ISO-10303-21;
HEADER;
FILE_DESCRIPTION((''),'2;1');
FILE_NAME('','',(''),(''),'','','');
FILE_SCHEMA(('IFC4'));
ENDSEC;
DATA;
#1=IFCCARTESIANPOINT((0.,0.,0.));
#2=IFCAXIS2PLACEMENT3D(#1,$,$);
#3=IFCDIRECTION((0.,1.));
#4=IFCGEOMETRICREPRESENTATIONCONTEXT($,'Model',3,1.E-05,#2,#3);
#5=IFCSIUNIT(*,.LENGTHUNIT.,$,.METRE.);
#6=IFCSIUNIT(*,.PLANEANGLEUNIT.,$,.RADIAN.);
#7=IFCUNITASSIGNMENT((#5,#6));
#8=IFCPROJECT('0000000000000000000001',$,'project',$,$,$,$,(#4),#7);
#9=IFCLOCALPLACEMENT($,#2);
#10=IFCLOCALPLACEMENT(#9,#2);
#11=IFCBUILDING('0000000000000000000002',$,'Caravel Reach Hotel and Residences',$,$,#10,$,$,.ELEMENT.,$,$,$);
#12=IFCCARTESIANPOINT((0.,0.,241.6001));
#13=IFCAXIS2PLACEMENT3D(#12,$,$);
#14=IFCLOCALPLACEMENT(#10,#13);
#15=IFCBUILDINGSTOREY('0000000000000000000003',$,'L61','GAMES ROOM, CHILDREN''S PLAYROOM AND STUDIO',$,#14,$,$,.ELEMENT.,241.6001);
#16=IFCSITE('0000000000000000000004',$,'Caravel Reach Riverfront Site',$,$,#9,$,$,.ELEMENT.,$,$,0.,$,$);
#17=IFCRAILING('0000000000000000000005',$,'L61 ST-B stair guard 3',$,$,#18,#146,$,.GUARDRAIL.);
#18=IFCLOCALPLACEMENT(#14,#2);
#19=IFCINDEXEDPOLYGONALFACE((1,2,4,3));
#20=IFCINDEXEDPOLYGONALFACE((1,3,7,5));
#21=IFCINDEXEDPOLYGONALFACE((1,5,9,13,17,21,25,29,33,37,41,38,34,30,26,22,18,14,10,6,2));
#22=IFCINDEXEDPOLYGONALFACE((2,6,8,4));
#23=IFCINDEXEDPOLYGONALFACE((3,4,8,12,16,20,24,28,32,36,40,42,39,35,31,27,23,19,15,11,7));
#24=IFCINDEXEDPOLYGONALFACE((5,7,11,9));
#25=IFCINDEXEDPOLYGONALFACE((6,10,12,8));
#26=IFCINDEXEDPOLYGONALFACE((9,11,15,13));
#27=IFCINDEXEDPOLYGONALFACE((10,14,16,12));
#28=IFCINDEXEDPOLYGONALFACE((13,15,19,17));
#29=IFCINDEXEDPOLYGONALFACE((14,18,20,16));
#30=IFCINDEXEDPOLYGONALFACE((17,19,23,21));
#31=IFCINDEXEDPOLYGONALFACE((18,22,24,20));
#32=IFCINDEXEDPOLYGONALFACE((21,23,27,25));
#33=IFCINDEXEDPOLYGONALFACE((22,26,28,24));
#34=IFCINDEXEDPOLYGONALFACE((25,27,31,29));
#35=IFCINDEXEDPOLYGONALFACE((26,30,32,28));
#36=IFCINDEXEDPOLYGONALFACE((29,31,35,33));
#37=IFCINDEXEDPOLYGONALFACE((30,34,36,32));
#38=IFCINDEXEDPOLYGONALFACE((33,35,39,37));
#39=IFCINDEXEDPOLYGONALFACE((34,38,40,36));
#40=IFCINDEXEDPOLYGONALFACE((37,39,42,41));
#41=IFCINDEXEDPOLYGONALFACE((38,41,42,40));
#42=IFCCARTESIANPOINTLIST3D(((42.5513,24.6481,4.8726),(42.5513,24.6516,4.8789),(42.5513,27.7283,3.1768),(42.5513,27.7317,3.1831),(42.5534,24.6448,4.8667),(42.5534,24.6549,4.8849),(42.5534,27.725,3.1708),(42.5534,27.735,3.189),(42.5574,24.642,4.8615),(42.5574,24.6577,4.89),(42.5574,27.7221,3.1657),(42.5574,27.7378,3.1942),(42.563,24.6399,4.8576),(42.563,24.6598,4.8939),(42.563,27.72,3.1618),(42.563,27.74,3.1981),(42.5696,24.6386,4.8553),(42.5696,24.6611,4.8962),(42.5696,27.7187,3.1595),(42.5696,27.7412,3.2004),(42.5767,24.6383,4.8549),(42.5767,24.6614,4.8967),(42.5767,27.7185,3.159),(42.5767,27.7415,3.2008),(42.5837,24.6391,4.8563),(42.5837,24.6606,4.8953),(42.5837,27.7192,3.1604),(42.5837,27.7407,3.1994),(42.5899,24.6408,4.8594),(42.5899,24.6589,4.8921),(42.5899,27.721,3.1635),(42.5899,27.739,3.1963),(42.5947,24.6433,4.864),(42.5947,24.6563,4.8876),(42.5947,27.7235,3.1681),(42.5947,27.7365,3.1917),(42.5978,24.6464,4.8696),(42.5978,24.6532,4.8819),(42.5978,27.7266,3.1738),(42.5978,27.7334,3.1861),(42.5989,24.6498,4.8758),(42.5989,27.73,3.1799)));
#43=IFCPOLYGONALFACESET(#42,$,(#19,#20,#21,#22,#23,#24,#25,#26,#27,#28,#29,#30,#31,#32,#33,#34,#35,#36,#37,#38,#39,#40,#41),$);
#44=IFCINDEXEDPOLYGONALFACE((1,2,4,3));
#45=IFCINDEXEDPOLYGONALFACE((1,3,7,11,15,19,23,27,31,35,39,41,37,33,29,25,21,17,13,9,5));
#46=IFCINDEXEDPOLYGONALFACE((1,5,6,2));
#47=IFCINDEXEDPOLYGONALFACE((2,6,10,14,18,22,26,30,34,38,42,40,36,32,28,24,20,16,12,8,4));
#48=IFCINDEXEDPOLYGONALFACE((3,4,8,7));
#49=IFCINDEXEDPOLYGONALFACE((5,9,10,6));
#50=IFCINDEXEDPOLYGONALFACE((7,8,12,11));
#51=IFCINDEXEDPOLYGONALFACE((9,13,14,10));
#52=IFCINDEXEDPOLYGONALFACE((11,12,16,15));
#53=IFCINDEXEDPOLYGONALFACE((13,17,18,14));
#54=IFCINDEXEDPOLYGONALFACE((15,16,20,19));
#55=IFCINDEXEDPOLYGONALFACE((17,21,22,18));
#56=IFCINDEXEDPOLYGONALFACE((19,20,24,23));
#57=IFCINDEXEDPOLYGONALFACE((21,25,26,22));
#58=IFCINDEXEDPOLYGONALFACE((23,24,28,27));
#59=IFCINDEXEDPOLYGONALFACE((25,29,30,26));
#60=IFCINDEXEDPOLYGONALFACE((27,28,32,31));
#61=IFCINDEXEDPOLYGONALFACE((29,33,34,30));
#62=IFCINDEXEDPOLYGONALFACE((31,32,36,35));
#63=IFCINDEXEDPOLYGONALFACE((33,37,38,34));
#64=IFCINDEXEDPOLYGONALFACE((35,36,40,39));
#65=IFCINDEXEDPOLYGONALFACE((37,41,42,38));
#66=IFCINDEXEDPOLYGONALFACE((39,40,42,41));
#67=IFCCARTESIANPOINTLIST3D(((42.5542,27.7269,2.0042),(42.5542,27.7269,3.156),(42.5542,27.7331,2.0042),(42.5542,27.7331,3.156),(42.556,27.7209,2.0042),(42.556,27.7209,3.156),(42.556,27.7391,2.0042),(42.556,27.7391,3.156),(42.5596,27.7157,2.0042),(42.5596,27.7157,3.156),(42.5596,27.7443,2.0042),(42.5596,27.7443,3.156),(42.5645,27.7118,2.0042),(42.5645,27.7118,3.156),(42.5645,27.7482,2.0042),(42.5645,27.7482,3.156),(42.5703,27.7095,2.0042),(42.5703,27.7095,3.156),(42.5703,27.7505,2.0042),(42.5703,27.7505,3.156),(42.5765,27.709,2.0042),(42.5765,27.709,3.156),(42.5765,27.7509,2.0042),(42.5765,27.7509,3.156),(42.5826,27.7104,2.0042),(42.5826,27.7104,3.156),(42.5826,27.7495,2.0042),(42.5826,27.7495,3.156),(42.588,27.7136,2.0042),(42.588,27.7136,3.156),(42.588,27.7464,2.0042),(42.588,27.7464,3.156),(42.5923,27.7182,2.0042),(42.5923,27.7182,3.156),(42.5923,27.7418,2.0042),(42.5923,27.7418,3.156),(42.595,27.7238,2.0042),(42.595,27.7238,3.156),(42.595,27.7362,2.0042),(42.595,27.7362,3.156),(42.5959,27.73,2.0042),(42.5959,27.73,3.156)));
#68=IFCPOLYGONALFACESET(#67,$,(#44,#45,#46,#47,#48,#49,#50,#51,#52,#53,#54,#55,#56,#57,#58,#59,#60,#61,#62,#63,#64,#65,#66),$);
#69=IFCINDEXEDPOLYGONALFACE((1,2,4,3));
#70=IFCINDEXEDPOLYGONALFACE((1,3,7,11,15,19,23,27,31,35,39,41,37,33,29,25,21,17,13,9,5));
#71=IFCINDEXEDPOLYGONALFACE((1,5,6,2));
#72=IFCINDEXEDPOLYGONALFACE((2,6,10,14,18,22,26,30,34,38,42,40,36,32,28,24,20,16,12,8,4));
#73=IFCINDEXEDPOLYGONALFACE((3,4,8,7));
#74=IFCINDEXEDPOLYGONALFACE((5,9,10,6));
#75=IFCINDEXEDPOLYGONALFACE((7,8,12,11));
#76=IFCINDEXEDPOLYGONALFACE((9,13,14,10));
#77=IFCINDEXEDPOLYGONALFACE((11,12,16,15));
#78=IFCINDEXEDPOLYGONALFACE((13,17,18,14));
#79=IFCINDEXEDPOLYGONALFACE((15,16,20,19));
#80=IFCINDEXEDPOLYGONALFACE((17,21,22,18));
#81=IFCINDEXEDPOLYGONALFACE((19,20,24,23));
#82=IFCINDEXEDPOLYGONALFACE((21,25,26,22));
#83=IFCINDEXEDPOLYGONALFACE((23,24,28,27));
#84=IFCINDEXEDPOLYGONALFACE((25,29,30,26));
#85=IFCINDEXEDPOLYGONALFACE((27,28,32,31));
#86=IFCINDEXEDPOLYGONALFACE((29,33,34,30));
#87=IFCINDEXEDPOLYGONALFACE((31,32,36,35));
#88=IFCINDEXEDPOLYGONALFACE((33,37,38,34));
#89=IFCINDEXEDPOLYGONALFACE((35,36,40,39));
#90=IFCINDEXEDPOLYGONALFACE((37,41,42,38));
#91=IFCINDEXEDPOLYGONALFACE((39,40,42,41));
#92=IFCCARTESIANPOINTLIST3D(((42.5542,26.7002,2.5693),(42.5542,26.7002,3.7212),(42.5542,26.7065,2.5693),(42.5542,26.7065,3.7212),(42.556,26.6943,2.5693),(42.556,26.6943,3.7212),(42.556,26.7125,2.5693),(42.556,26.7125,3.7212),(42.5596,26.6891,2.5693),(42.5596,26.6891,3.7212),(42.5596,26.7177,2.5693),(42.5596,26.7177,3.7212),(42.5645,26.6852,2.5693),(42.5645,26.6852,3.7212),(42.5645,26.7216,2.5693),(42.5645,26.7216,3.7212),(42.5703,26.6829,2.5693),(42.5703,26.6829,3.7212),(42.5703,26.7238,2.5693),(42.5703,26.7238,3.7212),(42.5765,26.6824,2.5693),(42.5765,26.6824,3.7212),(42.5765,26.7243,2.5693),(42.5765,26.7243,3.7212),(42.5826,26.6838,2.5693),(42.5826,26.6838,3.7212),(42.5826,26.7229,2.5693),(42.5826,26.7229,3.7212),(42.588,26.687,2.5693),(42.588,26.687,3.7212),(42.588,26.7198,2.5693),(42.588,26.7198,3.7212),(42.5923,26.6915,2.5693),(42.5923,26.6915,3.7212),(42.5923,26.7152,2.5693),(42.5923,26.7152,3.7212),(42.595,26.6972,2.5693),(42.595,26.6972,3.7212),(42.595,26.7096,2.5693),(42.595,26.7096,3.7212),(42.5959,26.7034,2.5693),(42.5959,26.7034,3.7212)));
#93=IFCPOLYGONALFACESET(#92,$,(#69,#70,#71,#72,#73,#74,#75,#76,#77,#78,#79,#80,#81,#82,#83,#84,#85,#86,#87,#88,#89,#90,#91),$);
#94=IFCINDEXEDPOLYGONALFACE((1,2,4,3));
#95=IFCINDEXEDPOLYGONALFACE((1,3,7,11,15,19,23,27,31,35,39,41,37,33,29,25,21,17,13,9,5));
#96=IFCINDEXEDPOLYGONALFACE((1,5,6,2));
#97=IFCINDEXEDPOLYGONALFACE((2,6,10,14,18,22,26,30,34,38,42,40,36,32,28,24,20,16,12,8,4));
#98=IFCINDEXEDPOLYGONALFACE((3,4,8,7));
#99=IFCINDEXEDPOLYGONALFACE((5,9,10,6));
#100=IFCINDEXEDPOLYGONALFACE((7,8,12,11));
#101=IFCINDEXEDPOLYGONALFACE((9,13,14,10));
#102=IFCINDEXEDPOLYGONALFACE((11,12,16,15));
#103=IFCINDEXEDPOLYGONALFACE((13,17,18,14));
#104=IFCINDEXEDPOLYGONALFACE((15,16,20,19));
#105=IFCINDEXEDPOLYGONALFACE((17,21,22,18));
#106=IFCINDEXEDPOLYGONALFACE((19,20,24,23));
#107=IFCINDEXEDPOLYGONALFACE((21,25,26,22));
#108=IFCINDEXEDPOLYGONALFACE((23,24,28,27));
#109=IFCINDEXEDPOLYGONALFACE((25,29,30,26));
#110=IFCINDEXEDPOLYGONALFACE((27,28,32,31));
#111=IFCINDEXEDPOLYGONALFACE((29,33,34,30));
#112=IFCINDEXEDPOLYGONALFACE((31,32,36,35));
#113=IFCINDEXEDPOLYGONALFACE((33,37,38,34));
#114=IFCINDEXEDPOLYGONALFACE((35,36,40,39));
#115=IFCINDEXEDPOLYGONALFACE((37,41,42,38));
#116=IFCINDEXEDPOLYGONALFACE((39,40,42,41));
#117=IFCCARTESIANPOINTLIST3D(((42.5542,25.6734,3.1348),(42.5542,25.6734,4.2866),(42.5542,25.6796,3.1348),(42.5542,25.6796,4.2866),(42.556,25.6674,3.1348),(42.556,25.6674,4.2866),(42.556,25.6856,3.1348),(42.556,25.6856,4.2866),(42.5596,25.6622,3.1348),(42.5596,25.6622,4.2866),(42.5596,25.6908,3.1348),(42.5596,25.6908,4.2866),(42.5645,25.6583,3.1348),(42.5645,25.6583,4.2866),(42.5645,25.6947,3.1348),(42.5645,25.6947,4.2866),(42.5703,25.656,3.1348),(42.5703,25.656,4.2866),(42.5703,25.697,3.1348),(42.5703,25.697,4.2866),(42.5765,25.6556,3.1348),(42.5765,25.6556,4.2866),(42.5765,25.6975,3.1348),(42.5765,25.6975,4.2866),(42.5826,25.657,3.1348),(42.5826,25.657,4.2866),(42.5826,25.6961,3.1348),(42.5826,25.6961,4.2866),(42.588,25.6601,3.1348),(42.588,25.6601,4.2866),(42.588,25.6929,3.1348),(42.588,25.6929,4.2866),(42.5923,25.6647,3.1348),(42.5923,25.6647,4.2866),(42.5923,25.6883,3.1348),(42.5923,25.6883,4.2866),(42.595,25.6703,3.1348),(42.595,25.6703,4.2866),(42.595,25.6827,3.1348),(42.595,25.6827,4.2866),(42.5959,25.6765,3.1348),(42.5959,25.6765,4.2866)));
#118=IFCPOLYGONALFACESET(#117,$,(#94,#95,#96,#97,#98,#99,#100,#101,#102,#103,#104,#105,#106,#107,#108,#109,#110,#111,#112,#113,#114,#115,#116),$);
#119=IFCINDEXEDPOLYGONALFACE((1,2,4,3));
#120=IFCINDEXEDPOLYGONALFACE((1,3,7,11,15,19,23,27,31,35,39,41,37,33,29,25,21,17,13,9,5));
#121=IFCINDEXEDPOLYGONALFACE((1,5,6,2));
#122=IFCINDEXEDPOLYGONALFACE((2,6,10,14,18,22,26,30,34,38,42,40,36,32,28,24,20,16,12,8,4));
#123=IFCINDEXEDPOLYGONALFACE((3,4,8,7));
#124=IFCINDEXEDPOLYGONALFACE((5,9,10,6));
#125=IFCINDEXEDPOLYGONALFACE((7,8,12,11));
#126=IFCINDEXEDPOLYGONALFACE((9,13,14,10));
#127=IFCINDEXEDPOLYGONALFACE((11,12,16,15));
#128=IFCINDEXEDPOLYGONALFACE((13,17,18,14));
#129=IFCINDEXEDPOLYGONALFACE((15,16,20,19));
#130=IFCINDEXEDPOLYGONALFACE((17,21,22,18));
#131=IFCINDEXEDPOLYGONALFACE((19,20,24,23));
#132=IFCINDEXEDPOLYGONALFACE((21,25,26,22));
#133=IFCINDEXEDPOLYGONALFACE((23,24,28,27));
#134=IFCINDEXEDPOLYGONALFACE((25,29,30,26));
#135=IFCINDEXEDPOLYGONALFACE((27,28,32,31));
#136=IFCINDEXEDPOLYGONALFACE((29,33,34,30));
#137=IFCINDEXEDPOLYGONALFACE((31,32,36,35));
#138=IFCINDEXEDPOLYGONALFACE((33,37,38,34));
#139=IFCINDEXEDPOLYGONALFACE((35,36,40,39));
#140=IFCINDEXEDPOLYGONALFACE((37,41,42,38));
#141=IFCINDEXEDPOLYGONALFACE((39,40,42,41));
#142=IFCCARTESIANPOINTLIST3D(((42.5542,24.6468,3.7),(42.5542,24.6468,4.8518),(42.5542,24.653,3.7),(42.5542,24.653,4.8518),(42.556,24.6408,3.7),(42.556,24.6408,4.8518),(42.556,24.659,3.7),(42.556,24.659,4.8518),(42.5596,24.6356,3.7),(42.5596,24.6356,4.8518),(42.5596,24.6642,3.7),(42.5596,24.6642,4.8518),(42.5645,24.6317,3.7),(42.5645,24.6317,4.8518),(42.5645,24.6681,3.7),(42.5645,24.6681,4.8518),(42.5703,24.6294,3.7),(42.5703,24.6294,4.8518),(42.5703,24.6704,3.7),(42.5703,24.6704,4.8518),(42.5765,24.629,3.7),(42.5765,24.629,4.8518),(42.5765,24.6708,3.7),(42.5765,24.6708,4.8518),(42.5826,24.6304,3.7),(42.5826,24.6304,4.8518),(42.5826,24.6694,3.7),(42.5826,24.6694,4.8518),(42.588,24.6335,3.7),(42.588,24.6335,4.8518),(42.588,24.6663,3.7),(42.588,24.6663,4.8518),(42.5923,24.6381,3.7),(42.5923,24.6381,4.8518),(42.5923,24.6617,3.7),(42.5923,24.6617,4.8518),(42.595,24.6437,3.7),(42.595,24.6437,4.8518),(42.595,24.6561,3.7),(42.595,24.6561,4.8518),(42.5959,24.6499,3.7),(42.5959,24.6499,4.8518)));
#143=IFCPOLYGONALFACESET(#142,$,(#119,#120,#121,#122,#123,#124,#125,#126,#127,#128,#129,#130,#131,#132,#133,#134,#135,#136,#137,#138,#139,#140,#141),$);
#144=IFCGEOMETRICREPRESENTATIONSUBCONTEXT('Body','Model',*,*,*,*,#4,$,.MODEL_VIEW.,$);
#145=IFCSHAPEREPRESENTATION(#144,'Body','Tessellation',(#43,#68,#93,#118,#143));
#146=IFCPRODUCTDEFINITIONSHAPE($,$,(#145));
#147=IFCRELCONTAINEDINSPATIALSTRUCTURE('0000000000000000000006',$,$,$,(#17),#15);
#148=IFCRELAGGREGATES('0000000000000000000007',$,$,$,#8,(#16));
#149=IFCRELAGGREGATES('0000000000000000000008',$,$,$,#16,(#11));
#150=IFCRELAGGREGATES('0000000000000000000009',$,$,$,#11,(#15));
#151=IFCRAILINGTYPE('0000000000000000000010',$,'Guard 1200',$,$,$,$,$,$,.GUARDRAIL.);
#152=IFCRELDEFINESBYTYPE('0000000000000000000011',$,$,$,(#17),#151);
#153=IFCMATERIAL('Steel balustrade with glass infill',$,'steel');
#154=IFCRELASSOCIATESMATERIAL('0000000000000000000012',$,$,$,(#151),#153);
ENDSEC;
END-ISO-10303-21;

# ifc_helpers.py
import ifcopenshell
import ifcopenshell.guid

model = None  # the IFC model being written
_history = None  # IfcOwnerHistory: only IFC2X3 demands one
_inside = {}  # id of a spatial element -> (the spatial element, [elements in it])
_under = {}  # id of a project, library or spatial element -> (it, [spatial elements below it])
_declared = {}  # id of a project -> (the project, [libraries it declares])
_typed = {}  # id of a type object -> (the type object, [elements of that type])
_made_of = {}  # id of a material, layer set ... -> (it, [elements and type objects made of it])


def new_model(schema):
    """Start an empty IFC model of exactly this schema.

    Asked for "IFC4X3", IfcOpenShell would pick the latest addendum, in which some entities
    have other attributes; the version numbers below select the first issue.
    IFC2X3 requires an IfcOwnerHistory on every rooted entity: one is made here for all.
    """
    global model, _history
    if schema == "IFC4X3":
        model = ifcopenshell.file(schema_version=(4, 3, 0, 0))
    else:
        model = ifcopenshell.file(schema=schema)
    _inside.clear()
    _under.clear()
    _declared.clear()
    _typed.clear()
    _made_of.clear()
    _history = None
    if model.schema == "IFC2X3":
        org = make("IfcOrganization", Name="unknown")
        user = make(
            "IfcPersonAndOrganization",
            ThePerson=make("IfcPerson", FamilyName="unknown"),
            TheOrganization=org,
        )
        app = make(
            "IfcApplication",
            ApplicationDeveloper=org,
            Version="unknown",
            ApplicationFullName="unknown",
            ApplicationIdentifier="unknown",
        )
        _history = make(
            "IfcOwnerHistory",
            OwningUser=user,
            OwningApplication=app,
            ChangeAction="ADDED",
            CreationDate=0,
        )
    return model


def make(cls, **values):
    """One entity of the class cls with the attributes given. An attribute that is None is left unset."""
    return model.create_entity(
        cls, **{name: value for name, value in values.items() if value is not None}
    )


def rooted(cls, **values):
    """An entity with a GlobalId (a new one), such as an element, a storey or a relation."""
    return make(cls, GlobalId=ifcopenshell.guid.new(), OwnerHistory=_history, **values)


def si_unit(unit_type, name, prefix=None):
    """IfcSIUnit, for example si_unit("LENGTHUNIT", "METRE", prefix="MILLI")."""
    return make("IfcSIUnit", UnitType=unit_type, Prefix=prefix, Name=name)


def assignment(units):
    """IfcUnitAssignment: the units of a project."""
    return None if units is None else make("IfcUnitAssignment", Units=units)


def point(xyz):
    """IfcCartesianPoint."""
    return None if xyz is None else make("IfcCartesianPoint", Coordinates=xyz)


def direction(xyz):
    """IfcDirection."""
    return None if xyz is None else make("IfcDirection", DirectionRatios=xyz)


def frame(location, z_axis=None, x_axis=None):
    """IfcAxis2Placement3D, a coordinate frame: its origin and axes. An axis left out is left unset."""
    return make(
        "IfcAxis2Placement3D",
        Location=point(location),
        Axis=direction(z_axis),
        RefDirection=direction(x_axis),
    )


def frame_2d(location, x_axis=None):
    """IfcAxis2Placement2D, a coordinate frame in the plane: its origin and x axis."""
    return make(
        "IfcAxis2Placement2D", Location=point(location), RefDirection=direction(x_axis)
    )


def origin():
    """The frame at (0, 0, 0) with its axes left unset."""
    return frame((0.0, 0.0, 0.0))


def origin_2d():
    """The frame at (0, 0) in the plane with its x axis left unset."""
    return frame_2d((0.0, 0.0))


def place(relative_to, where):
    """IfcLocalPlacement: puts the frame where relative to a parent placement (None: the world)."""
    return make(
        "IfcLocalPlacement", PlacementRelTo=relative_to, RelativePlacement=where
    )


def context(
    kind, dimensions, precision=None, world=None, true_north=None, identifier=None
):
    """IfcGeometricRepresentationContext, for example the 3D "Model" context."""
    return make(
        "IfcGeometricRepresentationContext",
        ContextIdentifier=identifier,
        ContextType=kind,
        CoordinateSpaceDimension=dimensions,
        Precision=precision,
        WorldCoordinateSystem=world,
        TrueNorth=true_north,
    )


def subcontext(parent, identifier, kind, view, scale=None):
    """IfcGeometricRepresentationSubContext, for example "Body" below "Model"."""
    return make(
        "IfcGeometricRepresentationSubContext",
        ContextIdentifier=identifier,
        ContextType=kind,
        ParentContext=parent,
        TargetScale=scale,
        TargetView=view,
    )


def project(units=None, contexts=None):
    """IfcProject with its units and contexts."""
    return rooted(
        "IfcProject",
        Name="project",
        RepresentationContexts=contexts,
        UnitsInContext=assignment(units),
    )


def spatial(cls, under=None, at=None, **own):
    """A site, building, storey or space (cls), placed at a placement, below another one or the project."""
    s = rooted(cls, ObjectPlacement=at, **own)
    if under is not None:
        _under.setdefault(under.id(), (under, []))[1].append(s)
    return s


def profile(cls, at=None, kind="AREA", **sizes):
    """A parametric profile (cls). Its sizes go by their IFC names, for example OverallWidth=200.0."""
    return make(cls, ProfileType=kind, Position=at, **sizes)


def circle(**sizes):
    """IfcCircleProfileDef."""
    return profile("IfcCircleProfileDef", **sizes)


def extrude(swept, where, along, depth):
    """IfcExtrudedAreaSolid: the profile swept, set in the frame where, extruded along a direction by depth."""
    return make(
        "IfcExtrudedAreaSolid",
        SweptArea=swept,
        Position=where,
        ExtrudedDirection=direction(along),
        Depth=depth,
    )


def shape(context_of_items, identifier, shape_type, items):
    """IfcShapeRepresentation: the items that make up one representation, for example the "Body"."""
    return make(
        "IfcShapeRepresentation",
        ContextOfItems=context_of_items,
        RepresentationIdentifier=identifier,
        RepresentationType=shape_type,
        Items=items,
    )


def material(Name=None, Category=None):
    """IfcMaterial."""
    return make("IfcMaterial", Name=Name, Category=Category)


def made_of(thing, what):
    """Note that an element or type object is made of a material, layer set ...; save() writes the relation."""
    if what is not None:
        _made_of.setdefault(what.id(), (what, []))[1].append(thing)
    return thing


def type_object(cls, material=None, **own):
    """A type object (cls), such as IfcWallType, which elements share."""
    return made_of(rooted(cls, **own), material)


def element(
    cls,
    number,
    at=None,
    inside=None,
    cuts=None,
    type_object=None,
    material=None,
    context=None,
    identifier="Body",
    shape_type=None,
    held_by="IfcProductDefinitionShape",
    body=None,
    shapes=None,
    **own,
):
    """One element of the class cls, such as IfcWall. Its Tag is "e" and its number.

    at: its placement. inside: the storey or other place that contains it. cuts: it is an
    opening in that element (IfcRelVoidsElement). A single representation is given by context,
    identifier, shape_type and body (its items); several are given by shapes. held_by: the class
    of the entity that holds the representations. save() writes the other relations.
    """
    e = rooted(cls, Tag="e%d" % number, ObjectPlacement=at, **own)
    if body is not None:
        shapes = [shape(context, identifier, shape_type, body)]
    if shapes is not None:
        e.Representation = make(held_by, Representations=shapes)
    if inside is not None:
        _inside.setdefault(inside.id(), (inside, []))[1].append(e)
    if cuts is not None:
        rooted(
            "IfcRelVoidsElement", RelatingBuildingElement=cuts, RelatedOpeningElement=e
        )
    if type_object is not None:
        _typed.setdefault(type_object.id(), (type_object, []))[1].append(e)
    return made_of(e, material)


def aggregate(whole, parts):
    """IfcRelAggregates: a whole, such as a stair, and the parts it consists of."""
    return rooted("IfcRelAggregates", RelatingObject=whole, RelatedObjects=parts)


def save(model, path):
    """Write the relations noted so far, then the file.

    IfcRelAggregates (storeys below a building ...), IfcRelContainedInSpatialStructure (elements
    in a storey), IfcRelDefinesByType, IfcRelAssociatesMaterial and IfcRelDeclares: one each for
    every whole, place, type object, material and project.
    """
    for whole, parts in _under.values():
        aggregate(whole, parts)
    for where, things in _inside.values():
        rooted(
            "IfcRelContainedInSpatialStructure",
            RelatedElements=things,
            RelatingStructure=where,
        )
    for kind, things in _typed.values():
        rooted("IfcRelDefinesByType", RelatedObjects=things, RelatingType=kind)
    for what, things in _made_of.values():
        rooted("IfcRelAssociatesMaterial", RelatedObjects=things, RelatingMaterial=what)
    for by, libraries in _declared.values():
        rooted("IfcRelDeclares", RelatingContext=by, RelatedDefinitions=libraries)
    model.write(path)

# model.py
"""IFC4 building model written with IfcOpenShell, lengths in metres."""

from ifc_helpers import new_model, si_unit, direction, frame, origin, origin_2d, place, context, subcontext, project, spatial, circle, extrude, material, type_object, element, save


model = new_model("IFC4")

# Units and contexts
model_context = context("Model", 3, precision=1e-05, world=origin(), true_north=direction((0.0, 1.0)))
body_context = subcontext(model_context, "Body", "Model", "MODEL_VIEW")
ifc_project = project(units=[si_unit("LENGTHUNIT", "METRE"), si_unit("PLANEANGLEUNIT", "RADIAN")], contexts=[model_context])

# Site, building, storey
site_placement = place(None, origin())
site = spatial("IfcSite", under=ifc_project, at=site_placement, Name="Caravel Reach Riverfront Site", CompositionType="ELEMENT", RefElevation=0.0)
building_placement = place(site_placement, origin())
building = spatial("IfcBuilding", under=site, at=building_placement, Name="Caravel Reach Hotel and Residences", CompositionType="ELEMENT")
storey_placement = place(building_placement, frame((0.0, 0.0, 241.6001)))
storey = spatial("IfcBuildingStorey", under=building, at=storey_placement, Name="L61", Description="GAMES ROOM, CHILDREN'S PLAYROOM AND STUDIO", CompositionType="ELEMENT", Elevation=241.6001)

# Railing
ifc_material_1 = material(Name="Steel balustrade with glass infill", Category="steel")
railing_type_1 = type_object("IfcRailingType", Name="Guard 1200", PredefinedType="GUARDRAIL", material=ifc_material_1)
railing_1_placement = place(storey_placement, frame((42.575, 27.73, 2.0042)))
element("IfcRailing", 1, at=railing_1_placement, inside=storey, type_object=railing_type_1, Name="L61 ST-B stair guard 3", PredefinedType="GUARDRAIL", context=body_context, shape_type="SweptSolid", body=[
    extrude(circle(Radius=0.0239, at=origin_2d()), frame((0.0, 0.0, 1.1758), z_axis=(0.0, -0.876005, 0.482303), x_axis=(1.0, 0.0, 0.0)), (0.0, 0.0, 1.0), 3.5161),
    extrude(circle(Radius=0.021, at=origin_2d()), origin(), (0.0, 0.0, 1.0), 1.1519),
    extrude(circle(Radius=0.021, at=origin_2d()), frame((0.0, -1.0266, 0.5652)), (0.0, 0.0, 1.0), 1.1519),
    extrude(circle(Radius=0.021, at=origin_2d()), frame((0.0, -2.0535, 1.1306)), (0.0, 0.0, 1.0), 1.1519),
    extrude(circle(Radius=0.021, at=origin_2d()), frame((0.0, -3.0801, 1.6958)), (0.0, 0.0, 1.0), 1.1519),
])

save(model, "model.ifc")
